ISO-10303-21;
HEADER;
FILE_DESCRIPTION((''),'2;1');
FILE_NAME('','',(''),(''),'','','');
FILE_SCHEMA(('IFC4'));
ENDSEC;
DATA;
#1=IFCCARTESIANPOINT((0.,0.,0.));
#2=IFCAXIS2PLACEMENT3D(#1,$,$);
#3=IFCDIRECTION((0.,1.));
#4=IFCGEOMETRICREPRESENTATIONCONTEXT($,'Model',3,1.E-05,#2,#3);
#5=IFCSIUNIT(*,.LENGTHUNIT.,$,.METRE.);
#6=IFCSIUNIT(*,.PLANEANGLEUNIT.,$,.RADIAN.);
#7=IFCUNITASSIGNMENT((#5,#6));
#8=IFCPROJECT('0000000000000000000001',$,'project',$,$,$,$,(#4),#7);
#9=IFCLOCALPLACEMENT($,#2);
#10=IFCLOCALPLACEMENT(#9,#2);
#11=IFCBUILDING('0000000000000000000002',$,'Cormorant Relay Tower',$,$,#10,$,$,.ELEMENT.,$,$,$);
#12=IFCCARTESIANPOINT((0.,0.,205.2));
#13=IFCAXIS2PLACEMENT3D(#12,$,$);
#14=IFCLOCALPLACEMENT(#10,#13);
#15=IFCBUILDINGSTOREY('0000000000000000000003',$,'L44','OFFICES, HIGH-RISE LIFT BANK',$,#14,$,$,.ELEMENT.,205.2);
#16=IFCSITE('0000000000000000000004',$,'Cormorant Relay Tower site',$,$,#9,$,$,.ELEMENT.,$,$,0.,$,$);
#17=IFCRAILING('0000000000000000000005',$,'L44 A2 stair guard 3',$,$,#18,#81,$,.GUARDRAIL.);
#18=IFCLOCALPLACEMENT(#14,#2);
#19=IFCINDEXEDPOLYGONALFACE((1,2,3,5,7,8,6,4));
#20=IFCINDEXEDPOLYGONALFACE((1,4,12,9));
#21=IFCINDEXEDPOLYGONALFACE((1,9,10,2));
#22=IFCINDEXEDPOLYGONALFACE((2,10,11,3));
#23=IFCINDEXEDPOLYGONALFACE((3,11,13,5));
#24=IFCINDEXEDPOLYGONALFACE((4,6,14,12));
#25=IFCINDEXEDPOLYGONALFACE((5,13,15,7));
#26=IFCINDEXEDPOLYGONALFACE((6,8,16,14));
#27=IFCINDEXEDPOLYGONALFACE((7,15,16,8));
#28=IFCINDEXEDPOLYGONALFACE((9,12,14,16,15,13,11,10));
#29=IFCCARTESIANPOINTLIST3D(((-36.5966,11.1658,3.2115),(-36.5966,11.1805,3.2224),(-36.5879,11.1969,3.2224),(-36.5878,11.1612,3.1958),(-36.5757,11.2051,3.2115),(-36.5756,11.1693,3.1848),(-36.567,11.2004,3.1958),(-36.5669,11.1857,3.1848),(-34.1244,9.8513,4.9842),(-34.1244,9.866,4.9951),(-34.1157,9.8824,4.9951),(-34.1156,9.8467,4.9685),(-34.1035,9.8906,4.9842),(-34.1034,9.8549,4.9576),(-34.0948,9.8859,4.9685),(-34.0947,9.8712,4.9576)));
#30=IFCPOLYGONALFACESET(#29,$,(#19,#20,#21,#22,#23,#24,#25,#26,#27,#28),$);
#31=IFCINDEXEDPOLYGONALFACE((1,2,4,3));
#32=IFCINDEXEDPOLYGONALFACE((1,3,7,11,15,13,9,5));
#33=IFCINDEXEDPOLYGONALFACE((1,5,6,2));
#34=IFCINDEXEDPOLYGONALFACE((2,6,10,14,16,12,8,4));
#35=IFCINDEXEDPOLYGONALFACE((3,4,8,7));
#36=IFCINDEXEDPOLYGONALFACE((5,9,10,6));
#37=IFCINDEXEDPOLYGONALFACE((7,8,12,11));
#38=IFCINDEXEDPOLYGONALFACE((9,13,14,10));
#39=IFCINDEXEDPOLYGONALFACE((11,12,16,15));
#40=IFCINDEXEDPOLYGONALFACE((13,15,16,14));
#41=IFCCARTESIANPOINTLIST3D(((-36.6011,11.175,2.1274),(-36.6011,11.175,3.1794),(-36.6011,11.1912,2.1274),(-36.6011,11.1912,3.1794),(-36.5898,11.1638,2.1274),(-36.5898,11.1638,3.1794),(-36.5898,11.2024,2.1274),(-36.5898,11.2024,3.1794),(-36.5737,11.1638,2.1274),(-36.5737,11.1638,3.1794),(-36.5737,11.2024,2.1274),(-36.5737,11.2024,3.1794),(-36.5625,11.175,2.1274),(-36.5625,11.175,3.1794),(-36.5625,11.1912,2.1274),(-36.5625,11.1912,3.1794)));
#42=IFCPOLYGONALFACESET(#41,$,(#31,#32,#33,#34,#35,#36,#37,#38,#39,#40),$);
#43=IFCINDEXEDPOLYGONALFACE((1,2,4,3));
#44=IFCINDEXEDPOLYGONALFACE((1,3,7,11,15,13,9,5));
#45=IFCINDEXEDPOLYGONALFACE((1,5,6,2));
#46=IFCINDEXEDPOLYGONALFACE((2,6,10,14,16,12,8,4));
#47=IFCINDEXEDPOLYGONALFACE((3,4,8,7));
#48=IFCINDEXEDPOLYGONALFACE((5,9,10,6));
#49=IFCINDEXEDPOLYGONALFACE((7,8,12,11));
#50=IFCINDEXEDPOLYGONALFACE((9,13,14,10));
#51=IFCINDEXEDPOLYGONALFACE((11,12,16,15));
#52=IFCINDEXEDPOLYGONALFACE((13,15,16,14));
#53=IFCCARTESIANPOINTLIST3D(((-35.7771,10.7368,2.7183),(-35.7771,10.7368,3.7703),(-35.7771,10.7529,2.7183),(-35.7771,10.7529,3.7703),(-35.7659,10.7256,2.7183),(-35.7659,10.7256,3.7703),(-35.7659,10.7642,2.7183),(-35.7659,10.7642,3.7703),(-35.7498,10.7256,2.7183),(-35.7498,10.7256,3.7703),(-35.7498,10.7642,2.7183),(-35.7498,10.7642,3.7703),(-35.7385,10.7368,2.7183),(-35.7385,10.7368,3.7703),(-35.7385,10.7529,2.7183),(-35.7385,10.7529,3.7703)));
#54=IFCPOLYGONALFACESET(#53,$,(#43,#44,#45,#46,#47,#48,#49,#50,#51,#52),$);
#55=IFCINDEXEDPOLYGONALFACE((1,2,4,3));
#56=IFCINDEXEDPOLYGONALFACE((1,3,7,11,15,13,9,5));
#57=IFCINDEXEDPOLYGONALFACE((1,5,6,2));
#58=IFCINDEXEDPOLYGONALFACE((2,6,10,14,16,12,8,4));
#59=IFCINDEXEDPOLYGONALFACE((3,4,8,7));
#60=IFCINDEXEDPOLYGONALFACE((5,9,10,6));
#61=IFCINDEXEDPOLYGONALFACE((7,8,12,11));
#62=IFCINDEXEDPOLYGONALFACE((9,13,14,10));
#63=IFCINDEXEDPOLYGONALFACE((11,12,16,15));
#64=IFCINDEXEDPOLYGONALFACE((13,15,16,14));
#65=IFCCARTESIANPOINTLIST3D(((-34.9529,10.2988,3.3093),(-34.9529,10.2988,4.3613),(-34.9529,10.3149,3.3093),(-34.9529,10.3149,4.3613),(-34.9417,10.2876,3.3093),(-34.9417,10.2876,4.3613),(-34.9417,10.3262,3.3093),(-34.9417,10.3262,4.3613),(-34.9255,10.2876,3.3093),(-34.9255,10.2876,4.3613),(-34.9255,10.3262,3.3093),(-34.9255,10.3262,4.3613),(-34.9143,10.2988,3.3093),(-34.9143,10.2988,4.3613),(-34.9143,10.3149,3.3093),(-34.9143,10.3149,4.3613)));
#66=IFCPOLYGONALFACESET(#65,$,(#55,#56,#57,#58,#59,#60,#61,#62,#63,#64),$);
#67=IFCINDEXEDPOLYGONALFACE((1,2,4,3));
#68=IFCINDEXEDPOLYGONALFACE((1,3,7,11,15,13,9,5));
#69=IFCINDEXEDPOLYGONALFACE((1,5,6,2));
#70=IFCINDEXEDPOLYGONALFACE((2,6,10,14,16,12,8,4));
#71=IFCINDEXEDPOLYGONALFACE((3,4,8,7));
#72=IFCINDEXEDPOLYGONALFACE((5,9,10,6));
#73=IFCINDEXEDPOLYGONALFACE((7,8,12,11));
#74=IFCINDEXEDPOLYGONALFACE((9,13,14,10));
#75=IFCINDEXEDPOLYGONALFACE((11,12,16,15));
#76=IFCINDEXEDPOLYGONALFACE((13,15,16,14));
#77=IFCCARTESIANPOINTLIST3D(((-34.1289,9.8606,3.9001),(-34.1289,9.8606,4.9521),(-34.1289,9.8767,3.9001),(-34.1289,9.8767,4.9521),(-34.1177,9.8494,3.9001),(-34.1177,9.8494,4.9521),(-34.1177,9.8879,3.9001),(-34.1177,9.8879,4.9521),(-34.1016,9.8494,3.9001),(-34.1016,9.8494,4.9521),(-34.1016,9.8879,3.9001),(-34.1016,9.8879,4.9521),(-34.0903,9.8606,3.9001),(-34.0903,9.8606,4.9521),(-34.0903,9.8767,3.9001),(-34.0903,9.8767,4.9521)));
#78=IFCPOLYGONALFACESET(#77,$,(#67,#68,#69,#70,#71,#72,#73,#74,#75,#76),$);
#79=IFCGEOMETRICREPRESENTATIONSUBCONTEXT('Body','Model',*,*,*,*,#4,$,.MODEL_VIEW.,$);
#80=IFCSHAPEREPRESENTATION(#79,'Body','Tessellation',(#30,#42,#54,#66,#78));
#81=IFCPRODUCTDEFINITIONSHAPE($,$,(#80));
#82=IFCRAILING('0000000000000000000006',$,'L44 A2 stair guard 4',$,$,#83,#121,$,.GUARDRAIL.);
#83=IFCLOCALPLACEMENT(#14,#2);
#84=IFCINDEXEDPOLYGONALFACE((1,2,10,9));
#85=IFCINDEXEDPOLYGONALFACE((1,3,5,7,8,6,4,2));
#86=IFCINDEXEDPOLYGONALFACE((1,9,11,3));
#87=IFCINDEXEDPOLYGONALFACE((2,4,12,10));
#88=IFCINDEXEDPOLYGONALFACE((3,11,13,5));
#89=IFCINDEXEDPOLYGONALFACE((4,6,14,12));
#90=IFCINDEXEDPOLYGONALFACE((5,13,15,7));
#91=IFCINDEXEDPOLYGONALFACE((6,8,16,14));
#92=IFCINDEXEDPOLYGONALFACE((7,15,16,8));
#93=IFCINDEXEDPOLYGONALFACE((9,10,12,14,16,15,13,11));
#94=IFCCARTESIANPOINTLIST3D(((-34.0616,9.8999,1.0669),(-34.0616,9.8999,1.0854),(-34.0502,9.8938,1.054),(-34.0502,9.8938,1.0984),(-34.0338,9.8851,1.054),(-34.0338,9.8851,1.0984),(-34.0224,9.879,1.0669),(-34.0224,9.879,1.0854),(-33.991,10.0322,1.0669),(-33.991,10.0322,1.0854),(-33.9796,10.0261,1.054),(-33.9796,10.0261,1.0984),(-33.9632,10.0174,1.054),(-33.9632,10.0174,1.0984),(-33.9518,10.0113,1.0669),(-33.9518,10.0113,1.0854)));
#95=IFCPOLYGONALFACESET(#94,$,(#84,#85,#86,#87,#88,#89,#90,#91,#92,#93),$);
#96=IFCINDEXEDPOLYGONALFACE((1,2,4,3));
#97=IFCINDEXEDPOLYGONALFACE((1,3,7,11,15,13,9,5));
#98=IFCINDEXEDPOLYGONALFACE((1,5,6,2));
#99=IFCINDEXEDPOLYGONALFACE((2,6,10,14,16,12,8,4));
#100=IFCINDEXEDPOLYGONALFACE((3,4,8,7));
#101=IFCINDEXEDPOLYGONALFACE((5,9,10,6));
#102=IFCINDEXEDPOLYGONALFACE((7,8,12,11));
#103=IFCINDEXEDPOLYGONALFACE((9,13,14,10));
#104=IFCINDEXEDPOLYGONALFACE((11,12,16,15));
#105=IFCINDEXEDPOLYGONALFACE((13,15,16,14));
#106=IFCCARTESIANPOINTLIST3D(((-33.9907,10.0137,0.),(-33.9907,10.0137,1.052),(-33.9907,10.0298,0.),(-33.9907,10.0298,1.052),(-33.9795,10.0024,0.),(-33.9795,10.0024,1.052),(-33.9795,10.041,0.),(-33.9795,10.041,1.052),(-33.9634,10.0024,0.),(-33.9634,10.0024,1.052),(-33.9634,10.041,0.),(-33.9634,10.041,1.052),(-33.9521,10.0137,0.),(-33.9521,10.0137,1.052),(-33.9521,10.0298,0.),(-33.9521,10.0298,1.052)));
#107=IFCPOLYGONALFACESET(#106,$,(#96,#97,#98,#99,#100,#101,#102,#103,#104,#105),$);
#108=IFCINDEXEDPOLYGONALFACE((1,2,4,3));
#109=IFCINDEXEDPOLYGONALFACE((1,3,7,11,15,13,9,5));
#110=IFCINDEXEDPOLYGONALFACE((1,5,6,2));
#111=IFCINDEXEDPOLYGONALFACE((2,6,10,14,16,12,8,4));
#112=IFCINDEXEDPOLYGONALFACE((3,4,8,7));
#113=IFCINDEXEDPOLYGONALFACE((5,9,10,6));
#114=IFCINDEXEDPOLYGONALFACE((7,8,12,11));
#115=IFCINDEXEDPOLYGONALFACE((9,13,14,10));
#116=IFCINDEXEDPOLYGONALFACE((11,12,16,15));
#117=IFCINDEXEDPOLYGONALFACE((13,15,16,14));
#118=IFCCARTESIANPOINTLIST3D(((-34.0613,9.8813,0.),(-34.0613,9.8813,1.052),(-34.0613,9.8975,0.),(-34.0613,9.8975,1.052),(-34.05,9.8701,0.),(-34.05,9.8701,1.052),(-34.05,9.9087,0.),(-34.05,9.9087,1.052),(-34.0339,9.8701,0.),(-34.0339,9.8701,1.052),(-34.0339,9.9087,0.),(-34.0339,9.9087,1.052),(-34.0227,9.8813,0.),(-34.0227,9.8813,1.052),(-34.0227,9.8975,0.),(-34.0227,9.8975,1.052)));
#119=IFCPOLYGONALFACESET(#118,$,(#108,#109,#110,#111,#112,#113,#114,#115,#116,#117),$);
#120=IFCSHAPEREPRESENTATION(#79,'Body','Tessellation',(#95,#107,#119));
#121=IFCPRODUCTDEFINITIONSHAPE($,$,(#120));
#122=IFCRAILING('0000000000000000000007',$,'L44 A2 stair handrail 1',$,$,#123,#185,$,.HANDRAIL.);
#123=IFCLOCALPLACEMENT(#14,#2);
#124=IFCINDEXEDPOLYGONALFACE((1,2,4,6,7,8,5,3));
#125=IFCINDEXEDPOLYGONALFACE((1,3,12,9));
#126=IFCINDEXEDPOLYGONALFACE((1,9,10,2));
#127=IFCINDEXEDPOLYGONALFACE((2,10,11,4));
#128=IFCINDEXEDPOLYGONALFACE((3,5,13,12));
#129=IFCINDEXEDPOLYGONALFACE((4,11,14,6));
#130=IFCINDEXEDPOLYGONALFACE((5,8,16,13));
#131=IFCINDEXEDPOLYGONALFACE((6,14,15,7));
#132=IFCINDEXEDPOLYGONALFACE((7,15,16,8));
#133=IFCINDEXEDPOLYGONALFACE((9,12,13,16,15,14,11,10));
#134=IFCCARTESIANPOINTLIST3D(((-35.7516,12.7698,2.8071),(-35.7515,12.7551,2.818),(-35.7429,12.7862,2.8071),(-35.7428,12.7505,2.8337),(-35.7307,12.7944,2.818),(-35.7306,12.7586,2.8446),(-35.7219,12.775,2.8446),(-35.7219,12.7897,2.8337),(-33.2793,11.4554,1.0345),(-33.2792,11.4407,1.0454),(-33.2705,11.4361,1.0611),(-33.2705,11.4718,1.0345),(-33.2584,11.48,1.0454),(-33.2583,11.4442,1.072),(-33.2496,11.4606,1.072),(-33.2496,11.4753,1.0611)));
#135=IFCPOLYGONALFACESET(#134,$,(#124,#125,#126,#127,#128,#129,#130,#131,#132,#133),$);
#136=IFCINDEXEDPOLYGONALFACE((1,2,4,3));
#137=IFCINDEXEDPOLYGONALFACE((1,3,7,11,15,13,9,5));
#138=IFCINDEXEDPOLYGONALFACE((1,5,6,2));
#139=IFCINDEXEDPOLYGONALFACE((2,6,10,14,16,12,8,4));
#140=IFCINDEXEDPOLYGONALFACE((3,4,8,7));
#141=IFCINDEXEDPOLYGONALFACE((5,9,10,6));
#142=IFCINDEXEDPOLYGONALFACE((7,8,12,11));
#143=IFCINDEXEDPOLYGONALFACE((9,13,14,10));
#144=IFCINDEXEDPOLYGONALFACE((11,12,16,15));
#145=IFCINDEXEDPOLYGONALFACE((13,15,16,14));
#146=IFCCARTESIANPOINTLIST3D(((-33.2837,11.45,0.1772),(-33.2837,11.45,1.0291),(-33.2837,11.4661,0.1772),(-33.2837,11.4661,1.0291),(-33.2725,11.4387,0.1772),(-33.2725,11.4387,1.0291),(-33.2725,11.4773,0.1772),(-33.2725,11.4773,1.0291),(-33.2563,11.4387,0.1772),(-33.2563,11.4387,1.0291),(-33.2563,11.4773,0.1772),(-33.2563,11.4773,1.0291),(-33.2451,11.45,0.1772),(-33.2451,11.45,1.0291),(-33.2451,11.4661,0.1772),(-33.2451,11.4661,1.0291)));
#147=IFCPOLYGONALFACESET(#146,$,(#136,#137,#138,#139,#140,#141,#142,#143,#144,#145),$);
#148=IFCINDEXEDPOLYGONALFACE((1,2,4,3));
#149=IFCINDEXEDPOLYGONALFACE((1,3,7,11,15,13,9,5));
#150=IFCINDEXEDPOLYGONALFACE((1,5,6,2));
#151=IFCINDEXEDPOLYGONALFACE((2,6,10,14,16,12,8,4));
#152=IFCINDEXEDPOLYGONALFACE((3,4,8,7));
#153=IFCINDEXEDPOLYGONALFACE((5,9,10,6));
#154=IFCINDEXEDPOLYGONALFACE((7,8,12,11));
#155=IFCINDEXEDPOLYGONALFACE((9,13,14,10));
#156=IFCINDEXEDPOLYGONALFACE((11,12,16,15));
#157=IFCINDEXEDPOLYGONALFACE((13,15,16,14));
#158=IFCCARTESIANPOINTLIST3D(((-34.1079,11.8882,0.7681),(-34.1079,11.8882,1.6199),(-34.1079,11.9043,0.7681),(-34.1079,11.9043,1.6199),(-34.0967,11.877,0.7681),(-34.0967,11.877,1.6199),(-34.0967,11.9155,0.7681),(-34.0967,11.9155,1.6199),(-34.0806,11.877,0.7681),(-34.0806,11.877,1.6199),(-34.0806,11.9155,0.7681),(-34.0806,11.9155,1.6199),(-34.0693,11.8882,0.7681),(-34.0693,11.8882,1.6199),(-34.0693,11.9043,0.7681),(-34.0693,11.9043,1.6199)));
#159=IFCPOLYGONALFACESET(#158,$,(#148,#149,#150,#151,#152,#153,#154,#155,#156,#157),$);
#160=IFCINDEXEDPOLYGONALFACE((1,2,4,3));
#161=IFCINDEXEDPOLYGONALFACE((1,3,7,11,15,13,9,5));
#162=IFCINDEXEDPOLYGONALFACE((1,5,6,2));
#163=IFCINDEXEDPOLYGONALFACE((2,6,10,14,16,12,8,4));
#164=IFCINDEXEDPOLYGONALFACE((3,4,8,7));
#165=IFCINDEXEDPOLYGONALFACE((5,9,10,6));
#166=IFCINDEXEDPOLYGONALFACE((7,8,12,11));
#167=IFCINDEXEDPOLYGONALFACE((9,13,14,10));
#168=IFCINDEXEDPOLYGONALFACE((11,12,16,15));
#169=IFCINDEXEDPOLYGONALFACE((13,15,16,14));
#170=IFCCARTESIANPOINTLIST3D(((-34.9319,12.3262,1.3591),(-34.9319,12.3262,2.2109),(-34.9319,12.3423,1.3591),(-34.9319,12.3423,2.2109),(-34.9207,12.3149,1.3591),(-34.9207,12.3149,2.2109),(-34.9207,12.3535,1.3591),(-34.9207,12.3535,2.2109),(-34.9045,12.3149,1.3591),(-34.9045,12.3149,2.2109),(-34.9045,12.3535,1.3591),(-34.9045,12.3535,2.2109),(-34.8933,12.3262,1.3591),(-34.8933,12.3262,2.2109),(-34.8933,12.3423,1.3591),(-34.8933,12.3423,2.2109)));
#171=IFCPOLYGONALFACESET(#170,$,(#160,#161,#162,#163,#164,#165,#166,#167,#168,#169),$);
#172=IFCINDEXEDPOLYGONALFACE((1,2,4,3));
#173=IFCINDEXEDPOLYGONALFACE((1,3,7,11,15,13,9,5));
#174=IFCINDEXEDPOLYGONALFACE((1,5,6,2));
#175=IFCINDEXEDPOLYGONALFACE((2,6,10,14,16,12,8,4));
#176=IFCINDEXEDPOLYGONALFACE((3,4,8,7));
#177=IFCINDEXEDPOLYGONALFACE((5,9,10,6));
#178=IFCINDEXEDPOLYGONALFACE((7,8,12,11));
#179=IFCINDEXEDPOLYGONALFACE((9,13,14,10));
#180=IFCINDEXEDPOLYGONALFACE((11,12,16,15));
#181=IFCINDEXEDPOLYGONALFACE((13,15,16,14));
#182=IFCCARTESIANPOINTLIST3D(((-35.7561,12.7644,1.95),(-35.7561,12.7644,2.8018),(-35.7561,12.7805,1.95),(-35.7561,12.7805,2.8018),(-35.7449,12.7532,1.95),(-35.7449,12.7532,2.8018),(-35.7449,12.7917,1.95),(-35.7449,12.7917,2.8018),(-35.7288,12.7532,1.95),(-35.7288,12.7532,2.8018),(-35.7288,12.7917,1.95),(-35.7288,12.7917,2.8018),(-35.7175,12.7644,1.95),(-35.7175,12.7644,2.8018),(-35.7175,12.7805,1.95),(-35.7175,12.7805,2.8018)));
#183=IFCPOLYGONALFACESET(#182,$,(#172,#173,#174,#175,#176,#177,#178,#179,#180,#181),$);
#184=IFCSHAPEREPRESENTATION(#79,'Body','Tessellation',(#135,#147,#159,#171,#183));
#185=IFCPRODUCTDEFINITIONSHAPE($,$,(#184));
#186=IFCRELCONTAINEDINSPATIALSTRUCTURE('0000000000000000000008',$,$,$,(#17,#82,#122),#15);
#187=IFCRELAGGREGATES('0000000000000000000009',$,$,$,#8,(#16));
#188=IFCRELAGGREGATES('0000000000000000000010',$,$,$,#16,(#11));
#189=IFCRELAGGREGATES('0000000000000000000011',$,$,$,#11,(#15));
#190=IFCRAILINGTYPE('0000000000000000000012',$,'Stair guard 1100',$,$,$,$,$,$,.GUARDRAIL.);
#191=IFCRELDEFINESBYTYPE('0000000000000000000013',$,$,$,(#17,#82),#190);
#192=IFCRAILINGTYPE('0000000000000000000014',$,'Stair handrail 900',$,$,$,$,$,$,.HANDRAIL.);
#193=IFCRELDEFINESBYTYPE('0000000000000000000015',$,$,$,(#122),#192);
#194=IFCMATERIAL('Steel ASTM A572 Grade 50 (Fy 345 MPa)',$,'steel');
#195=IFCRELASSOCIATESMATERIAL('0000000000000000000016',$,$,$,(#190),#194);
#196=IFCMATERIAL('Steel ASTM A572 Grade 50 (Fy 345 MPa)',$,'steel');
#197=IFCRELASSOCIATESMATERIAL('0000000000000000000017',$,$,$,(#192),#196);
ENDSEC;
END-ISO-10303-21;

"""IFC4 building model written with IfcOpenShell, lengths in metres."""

from ifc_helpers import new_model, si_unit, direction, frame, origin, place, context, subcontext, project, spatial, polyline, outline, extrude, material, type_object, element, save


model = new_model("IFC4")

# Units and contexts
model_context = context("Model", 3, precision=1e-05, world=origin(), true_north=direction((0.0, 1.0)))
body_context = subcontext(model_context, "Body", "Model", "MODEL_VIEW")
ifc_project = project(units=[si_unit("LENGTHUNIT", "METRE"), si_unit("PLANEANGLEUNIT", "RADIAN")], contexts=[model_context])

# Site, building, storey
site_placement = place(None, origin())
site = spatial("IfcSite", under=ifc_project, at=site_placement, Name="Cormorant Relay Tower site", CompositionType="ELEMENT", RefElevation=0.0)
building_placement = place(site_placement, origin())
building = spatial("IfcBuilding", under=site, at=building_placement, Name="Cormorant Relay Tower", CompositionType="ELEMENT")
storey_placement = place(building_placement, frame((0.0, 0.0, 205.2)))
storey = spatial("IfcBuildingStorey", under=building, at=storey_placement, Name="L44", Description="OFFICES, HIGH-RISE LIFT BANK", CompositionType="ELEMENT", Elevation=205.2)

# Railings
ifc_material_1 = material(Name="Steel ASTM A572 Grade 50 (Fy 345 MPa)", Category="steel")
railing_type_1 = type_object("IfcRailingType", Name="Stair guard 1100", PredefinedType="GUARDRAIL", material=ifc_material_1)
railing_1_placement = place(storey_placement, frame((-36.5818, 11.1831, 2.1274)))
element("IfcRailing", 1, at=railing_1_placement, inside=storey, type_object=railing_type_1, Name="L44 A2 stair guard 3", PredefinedType="GUARDRAIL", context=body_context, shape_type="SweptSolid", body=[
    extrude(outline(polyline([(0.0222, 0.0093), (0.0093, 0.0222), (-0.0093, 0.0222), (-0.0222, 0.0093), (-0.0222, -0.0093), (-0.0093, -0.0222), (0.0093, -0.0222), (0.0222, -0.0093), (0.0222, 0.0093)])), frame((0.0, 0.0, 1.0762), z_axis=(0.746001, -0.396649, 0.534931), x_axis=(0.469465, 0.882951, 0.0)), (0.0, 0.0, 1.0), 3.314),
    extrude(outline(polyline([(0.0193, 0.0081), (0.0081, 0.0193), (-0.0081, 0.0193), (-0.0193, 0.0081), (-0.0193, -0.0081), (-0.0081, -0.0193), (0.0081, -0.0193), (0.0193, -0.0081), (0.0193, 0.0081)])), origin(), (0.0, 0.0, 1.0), 1.052),
    extrude(outline(polyline([(0.0193, 0.0081), (0.0081, 0.0193), (-0.0081, 0.0193), (-0.0193, 0.0081), (-0.0193, -0.0081), (-0.0081, -0.0193), (0.0081, -0.0193), (0.0193, -0.0081), (0.0193, 0.0081)])), frame((0.824, -0.4382, 0.5908)), (0.0, 0.0, 1.0), 1.052),
    extrude(outline(polyline([(0.0193, 0.0081), (0.0081, 0.0193), (-0.0081, 0.0193), (-0.0193, 0.0081), (-0.0193, -0.0081), (-0.0081, -0.0193), (0.0081, -0.0193), (0.0193, -0.0081), (0.0193, 0.0081)])), frame((1.6482, -0.8762, 1.1819)), (0.0, 0.0, 1.0), 1.052),
    extrude(outline(polyline([(0.0193, 0.0081), (0.0081, 0.0193), (-0.0081, 0.0193), (-0.0193, 0.0081), (-0.0193, -0.0081), (-0.0081, -0.0193), (0.0081, -0.0193), (0.0193, -0.0081), (0.0193, 0.0081)])), frame((2.4722, -1.3145, 1.7727)), (0.0, 0.0, 1.0), 1.052),
])
railing_2_placement = place(storey_placement, frame((-33.9714, 10.0217, 0.0)))
element("IfcRailing", 2, at=railing_2_placement, inside=storey, type_object=railing_type_1, Name="L44 A2 stair guard 4", PredefinedType="GUARDRAIL", context=body_context, shape_type="SweptSolid", body=[
    extrude(outline(polyline([(0.0222, 0.0093), (0.0093, 0.0222), (-0.0093, 0.0222), (-0.0222, 0.0093), (-0.0222, -0.0093), (-0.0093, -0.0222), (0.0093, -0.0222), (0.0222, -0.0093), (0.0222, 0.0093)])), frame((0.0, 0.0, 1.0762), z_axis=(-0.470504, -0.882398, 0.0), x_axis=(0.882398, -0.470504, 0.0)), (0.0, 0.0, 1.0), 0.1499),
    extrude(outline(polyline([(0.0193, 0.0081), (0.0081, 0.0193), (-0.0081, 0.0193), (-0.0193, 0.0081), (-0.0193, -0.0081), (-0.0081, -0.0193), (0.0081, -0.0193), (0.0193, -0.0081), (0.0193, 0.0081)])), origin(), (0.0, 0.0, 1.0), 1.052),
    extrude(outline(polyline([(0.0193, 0.0081), (0.0081, 0.0193), (-0.0081, 0.0193), (-0.0193, 0.0081), (-0.0193, -0.0081), (-0.0081, -0.0193), (0.0081, -0.0193), (0.0193, -0.0081), (0.0193, 0.0081)])), frame((-0.0706, -0.1323, 0.0)), (0.0, 0.0, 1.0), 1.052),
])
ifc_material_2 = material(Name="Steel ASTM A572 Grade 50 (Fy 345 MPa)", Category="steel")
railing_type_2 = type_object("IfcRailingType", Name="Stair handrail 900", PredefinedType="HANDRAIL", material=ifc_material_2)
railing_3_placement = place(storey_placement, frame((-33.2644, 11.458, 0.1772)))
element("IfcRailing", 3, at=railing_3_placement, inside=storey, type_object=railing_type_2, Name="L44 A2 stair handrail 1", PredefinedType="HANDRAIL", context=body_context, shape_type="SweptSolid", body=[
    extrude(outline(polyline([(0.0222, 0.0093), (0.0093, 0.0222), (-0.0093, 0.0222), (-0.0222, 0.0093), (-0.0222, -0.0093), (-0.0093, -0.0222), (0.0093, -0.0222), (0.0222, -0.0093), (0.0222, 0.0093)])), frame((0.0, 0.0, 0.876), z_axis=(-0.746034, 0.396627, 0.534902), x_axis=(-0.469429, -0.88297, 0.0)), (0.0, 0.0, 1.0), 3.314),
    extrude(outline(polyline([(0.0193, 0.0081), (0.0081, 0.0193), (-0.0081, 0.0193), (-0.0193, 0.0081), (-0.0193, -0.0081), (-0.0081, -0.0193), (0.0081, -0.0193), (0.0193, -0.0081), (0.0193, 0.0081)])), origin(), (0.0, 0.0, 1.0), 0.8518),
    extrude(outline(polyline([(0.0193, 0.0081), (0.0081, 0.0193), (-0.0081, 0.0193), (-0.0193, 0.0081), (-0.0193, -0.0081), (-0.0081, -0.0193), (0.0081, -0.0193), (0.0193, -0.0081), (0.0193, 0.0081)])), frame((-0.8242, 0.4382, 0.5908)), (0.0, 0.0, 1.0), 0.8518),
    extrude(outline(polyline([(0.0193, 0.0081), (0.0081, 0.0193), (-0.0081, 0.0193), (-0.0193, 0.0081), (-0.0193, -0.0081), (-0.0081, -0.0193), (0.0081, -0.0193), (0.0193, -0.0081), (0.0193, 0.0081)])), frame((-1.6482, 0.8762, 1.1819)), (0.0, 0.0, 1.0), 0.8518),
    extrude(outline(polyline([(0.0193, 0.0081), (0.0081, 0.0193), (-0.0081, 0.0193), (-0.0193, 0.0081), (-0.0193, -0.0081), (-0.0081, -0.0193), (0.0081, -0.0193), (0.0193, -0.0081), (0.0193, 0.0081)])), frame((-2.4724, 1.3145, 1.7727)), (0.0, 0.0, 1.0), 0.8518),
])

save(model, "model.ifc")
